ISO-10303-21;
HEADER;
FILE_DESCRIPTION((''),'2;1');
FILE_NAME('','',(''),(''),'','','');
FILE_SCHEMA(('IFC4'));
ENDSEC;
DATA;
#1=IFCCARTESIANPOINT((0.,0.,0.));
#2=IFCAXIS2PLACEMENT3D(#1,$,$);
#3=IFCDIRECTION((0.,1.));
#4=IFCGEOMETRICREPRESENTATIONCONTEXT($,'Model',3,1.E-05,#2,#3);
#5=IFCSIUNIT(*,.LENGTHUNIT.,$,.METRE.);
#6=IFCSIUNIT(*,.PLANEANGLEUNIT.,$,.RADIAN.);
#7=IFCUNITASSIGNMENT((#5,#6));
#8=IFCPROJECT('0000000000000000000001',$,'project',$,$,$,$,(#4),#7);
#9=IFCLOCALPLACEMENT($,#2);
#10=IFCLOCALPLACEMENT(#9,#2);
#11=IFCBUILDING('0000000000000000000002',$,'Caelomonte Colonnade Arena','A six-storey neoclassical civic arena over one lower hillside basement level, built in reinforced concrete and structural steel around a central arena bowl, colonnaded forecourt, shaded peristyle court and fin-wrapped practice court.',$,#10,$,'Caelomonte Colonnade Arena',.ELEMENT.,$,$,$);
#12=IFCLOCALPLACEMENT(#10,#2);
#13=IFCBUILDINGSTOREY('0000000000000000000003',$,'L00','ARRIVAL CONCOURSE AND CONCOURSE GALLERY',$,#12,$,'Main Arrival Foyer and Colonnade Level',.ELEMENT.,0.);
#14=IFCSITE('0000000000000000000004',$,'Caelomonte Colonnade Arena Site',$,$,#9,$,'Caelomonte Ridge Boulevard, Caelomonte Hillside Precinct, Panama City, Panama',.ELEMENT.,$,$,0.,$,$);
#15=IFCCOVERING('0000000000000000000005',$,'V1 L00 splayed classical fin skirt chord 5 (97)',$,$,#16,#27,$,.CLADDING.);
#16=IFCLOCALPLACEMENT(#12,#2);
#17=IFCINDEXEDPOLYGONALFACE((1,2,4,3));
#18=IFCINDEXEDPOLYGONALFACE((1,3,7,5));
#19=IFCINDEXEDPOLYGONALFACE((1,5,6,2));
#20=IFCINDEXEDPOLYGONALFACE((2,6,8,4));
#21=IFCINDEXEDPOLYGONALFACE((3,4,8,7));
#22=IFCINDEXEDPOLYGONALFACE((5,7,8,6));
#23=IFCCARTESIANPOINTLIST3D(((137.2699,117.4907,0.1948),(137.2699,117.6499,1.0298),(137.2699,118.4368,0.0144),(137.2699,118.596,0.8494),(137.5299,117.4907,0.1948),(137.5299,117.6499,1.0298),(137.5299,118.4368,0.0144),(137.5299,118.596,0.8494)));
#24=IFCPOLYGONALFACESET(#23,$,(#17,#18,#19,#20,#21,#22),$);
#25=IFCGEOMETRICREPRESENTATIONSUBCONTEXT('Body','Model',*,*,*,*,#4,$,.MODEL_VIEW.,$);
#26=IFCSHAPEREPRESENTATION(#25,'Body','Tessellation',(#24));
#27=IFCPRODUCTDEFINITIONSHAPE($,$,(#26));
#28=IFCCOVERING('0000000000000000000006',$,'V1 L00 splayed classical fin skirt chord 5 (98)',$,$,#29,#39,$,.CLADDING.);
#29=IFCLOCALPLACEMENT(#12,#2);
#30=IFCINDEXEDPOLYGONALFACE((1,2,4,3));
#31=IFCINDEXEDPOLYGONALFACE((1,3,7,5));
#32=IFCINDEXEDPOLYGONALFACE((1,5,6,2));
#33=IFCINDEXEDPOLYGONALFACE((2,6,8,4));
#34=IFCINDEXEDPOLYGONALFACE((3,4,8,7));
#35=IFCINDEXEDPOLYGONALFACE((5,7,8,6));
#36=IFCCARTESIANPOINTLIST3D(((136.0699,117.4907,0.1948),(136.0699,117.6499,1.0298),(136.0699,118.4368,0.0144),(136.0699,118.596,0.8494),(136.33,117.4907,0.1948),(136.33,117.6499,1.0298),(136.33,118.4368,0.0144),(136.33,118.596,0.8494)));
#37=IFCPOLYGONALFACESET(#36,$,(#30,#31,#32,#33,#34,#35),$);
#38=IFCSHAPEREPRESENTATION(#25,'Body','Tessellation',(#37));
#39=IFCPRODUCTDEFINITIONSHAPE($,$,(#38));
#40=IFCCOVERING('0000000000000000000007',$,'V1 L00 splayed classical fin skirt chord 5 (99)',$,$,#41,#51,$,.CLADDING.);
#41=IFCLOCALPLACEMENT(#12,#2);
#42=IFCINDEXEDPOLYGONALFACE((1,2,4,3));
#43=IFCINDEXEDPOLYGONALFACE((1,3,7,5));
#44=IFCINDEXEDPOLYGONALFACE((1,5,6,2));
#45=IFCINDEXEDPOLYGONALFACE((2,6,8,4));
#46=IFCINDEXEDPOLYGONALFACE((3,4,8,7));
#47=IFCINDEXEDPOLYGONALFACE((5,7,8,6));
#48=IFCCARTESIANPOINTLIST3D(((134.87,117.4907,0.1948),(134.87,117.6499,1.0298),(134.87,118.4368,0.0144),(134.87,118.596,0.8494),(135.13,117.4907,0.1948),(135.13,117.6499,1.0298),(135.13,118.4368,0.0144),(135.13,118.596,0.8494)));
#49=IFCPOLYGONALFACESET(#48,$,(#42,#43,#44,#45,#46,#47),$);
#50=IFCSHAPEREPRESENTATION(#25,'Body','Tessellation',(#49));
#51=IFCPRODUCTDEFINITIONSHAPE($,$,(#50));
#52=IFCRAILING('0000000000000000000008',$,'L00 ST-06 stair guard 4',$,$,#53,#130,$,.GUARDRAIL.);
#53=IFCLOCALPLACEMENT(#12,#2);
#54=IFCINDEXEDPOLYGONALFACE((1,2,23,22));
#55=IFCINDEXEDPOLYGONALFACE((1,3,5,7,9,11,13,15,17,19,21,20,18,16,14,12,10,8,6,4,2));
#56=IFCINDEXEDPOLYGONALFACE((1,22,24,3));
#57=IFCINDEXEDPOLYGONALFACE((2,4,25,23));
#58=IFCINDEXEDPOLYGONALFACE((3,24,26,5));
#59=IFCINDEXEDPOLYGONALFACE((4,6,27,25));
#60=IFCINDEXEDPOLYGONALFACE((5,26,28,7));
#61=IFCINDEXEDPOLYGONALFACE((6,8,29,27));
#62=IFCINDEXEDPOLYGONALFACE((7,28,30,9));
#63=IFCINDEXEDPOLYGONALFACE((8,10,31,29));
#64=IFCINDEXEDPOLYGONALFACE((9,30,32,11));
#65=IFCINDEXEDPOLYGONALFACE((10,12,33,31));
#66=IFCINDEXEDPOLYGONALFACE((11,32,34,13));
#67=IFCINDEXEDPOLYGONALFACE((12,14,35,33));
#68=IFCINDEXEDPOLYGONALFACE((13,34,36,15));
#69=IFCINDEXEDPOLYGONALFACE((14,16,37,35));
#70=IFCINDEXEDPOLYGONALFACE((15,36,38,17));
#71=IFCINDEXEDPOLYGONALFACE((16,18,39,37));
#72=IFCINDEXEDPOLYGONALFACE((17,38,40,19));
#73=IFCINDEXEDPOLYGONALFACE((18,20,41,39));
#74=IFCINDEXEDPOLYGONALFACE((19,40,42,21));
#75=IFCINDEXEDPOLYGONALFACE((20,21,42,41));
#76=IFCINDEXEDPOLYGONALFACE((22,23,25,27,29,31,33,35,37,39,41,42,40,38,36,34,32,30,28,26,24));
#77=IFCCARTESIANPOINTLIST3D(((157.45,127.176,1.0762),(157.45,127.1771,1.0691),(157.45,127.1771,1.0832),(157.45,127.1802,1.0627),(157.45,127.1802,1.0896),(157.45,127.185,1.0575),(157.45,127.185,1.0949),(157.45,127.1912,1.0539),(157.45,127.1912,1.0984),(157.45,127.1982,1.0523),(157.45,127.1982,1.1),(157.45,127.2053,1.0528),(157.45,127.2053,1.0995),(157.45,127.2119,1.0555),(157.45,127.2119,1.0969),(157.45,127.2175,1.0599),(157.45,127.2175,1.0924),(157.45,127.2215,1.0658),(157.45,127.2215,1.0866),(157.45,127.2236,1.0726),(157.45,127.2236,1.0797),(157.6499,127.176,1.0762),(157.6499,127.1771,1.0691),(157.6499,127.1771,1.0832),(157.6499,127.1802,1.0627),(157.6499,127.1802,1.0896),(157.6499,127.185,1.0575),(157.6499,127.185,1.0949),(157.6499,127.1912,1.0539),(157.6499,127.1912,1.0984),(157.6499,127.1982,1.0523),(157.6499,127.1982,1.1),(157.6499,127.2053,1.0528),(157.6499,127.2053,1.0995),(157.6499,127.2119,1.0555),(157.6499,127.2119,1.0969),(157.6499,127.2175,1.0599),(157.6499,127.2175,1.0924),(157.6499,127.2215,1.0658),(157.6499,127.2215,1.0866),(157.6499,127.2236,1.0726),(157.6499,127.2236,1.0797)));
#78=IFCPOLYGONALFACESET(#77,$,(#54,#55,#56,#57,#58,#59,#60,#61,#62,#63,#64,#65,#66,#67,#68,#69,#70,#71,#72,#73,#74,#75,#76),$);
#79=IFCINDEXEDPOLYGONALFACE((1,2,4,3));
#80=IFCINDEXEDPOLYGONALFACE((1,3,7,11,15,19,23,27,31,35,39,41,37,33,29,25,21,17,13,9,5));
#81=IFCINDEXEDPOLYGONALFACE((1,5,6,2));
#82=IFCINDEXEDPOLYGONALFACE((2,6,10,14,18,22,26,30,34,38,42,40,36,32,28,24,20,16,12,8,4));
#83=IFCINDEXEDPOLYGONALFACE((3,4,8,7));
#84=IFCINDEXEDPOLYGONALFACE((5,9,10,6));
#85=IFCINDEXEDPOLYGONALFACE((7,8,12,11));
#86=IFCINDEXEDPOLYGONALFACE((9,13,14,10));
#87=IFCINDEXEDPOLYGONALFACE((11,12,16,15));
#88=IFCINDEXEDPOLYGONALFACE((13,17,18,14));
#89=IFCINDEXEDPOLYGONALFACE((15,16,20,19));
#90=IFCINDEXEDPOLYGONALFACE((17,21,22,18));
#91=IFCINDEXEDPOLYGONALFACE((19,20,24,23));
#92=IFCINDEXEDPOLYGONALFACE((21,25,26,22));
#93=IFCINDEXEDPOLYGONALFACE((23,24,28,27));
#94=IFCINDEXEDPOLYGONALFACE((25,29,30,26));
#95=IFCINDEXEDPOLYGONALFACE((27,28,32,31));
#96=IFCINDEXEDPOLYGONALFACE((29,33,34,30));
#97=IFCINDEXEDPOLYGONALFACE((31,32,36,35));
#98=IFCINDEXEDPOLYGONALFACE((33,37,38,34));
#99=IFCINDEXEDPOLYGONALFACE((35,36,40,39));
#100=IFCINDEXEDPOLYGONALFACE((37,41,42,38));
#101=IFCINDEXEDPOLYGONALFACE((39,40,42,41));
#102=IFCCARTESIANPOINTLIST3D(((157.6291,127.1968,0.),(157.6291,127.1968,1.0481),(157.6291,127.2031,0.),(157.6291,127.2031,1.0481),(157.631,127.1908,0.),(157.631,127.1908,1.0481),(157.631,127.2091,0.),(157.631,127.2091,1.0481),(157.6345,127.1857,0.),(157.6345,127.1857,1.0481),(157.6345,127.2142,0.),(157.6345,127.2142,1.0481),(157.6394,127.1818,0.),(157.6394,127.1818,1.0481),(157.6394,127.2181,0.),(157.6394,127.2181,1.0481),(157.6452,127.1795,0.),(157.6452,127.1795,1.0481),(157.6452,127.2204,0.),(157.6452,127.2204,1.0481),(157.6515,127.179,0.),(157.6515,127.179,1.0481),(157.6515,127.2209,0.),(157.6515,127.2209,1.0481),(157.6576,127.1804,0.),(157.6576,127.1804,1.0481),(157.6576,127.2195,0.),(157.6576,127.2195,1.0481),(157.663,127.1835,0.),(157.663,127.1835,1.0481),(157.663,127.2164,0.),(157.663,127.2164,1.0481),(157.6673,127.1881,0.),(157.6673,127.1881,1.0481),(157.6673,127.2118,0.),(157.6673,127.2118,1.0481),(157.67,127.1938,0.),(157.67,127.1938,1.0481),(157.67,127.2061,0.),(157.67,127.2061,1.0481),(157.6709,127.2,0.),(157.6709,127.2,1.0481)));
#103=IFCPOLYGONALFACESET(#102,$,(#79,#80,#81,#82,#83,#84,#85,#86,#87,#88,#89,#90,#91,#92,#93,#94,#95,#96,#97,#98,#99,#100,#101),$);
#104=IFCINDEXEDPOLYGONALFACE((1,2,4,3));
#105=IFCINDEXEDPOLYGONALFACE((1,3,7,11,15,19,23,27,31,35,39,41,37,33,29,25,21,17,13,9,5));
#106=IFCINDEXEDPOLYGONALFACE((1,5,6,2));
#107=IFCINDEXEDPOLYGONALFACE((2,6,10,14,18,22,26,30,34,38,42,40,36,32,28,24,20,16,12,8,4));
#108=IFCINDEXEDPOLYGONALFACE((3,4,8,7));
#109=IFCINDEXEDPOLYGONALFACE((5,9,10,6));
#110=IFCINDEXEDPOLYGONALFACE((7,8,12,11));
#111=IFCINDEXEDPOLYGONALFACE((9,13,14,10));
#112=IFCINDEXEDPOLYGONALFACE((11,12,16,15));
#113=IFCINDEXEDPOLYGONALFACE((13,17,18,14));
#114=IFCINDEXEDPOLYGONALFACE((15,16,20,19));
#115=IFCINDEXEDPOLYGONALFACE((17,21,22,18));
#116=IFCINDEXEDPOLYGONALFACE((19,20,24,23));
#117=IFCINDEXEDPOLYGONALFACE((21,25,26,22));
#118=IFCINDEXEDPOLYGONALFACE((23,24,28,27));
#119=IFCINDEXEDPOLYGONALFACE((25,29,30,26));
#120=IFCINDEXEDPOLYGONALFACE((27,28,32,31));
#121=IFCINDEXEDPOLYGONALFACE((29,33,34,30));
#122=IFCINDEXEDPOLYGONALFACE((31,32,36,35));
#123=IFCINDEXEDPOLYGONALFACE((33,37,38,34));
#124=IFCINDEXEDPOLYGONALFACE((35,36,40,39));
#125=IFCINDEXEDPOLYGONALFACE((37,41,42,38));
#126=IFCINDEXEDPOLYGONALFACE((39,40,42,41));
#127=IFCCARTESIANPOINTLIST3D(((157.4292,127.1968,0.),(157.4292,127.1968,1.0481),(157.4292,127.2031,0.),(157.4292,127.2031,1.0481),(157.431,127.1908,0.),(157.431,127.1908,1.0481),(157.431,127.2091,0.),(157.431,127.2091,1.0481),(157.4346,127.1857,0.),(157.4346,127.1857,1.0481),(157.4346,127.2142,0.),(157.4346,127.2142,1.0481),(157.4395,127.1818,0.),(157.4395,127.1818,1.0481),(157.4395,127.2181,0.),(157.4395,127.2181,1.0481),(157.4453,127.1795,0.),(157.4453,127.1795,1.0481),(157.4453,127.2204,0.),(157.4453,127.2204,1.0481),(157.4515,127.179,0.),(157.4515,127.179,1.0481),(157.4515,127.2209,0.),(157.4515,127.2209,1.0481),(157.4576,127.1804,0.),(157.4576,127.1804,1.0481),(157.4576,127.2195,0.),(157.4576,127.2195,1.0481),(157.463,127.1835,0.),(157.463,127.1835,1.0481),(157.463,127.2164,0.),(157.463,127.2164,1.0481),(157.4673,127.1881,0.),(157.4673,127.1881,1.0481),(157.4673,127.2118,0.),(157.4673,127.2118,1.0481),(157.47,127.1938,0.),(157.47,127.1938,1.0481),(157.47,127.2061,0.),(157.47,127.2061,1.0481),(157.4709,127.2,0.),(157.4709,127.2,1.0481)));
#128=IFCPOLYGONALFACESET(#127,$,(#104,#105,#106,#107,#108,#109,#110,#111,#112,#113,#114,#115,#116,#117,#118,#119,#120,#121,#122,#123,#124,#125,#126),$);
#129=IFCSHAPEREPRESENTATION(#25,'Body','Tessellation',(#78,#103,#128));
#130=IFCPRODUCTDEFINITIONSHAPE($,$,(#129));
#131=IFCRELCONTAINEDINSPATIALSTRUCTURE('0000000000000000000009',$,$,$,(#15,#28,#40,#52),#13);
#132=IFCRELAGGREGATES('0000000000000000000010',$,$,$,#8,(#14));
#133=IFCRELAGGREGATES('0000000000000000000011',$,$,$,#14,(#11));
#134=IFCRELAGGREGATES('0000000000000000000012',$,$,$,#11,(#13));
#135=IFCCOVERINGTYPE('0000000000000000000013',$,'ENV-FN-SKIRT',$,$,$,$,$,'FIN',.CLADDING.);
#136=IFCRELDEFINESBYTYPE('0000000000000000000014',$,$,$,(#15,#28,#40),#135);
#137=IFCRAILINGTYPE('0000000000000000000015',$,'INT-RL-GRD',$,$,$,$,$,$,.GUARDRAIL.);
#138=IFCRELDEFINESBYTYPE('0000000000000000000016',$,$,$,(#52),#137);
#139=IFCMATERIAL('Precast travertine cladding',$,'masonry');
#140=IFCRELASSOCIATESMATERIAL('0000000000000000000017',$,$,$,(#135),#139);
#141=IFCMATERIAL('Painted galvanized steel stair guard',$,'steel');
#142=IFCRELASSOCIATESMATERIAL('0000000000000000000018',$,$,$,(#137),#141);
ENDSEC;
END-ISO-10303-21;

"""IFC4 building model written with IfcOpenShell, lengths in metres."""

from ifc_helpers import new_model, si_unit, direction, frame, origin, origin_2d, place, context, subcontext, project, spatial, rectangle, circle, extrude, material, material_profile, profile_set, type_object, element, save


model = new_model("IFC4")

# Units and contexts
model_context = context("Model", 3, precision=1e-05, world=origin(), true_north=direction((0.0, 1.0)))
body_context = subcontext(model_context, "Body", "Model", "MODEL_VIEW")
ifc_project = project(units=[si_unit("LENGTHUNIT", "METRE"), si_unit("PLANEANGLEUNIT", "RADIAN")], contexts=[model_context])

# Site, building, storey
site_placement = place(None, origin())
site = spatial("IfcSite", under=ifc_project, at=site_placement, Name="Caelomonte Colonnade Arena Site", LongName="Caelomonte Ridge Boulevard, Caelomonte Hillside Precinct, Panama City, Panama", CompositionType="ELEMENT", RefElevation=0.0)
building_placement = place(site_placement, origin())
building = spatial("IfcBuilding", under=site, at=building_placement, Name="Caelomonte Colonnade Arena", Description="A six-storey neoclassical civic arena over one lower hillside basement level, built in reinforced concrete and structural steel around a central arena bowl, colonnaded forecourt, shaded peristyle court and fin-wrapped practice court.", LongName="Caelomonte Colonnade Arena", CompositionType="ELEMENT")
storey_placement = place(building_placement, origin())
storey = spatial("IfcBuildingStorey", under=building, at=storey_placement, Name="L00", Description="ARRIVAL CONCOURSE AND CONCOURSE GALLERY", LongName="Main Arrival Foyer and Colonnade Level", CompositionType="ELEMENT", Elevation=0.0)

# Coverings
ifc_material_1 = material(Name="Precast travertine cladding", Category="masonry")
ifc_material_profile_1 = material_profile(ifc_material_1, rectangle(XDim=0.26, YDim=0.8501, at=origin_2d()), Name="FIN260X850")
ifc_profile_set_1 = profile_set([ifc_material_profile_1], Name="Precast travertine cladding")
covering_type = type_object("IfcCoveringType", Name="ENV-FN-SKIRT", ElementType="FIN", PredefinedType="CLADDING", material=ifc_profile_set_1)
for number, where, z_axis, x_axis, name in (
    (1, (137.3999, 117.5703, 0.6123), (0.0, 0.982296, -0.187333), (-1.0, 0.0, 0.0), "V1 L00 splayed classical fin skirt chord 5 (97)"),
    (2, (136.2, 117.5703, 0.6123), (0.0, 0.982296, -0.187333), (-1.0, 0.0, 0.0), "V1 L00 splayed classical fin skirt chord 5 (98)"),
    (3, (135.0, 117.5703, 0.6123), (0.0, 0.982296, -0.187333), (-1.0, 0.0, 0.0), "V1 L00 splayed classical fin skirt chord 5 (99)"),
):
    element("IfcCovering", number, at=place(storey_placement, frame(where, z_axis=z_axis, x_axis=x_axis)), inside=storey, type_object=covering_type, Name=name, PredefinedType="CLADDING", context=body_context, shape_type="SweptSolid", body=[
        extrude(rectangle(XDim=0.26, YDim=0.8501, at=origin_2d()), origin(), (0.0, 0.0, 1.0), 0.9631),
    ])

# Railing
ifc_material_2 = material(Name="Painted galvanized steel stair guard", Category="steel")
railing_type_1 = type_object("IfcRailingType", Name="INT-RL-GRD", PredefinedType="GUARDRAIL", material=ifc_material_2)
railing_1_placement = place(storey_placement, frame((157.6499, 127.2, 0.0)))
element("IfcRailing", 4, at=railing_1_placement, inside=storey, type_object=railing_type_1, Name="L00 ST-06 stair guard 4", PredefinedType="GUARDRAIL", context=body_context, shape_type="SweptSolid", body=[
    extrude(circle(Radius=0.0239, at=origin_2d()), frame((0.0, 0.0, 1.0762), z_axis=(-1.0, 0.0, 0.0), x_axis=(0.0, -1.0, 0.0)), (0.0, 0.0, 1.0), 0.2),
    extrude(circle(Radius=0.021, at=origin_2d()), origin(), (0.0, 0.0, 1.0), 1.0481),
    extrude(circle(Radius=0.021, at=origin_2d()), frame((-0.2, 0.0, 0.0)), (0.0, 0.0, 1.0), 1.0481),
])

save(model, "model.ifc")
